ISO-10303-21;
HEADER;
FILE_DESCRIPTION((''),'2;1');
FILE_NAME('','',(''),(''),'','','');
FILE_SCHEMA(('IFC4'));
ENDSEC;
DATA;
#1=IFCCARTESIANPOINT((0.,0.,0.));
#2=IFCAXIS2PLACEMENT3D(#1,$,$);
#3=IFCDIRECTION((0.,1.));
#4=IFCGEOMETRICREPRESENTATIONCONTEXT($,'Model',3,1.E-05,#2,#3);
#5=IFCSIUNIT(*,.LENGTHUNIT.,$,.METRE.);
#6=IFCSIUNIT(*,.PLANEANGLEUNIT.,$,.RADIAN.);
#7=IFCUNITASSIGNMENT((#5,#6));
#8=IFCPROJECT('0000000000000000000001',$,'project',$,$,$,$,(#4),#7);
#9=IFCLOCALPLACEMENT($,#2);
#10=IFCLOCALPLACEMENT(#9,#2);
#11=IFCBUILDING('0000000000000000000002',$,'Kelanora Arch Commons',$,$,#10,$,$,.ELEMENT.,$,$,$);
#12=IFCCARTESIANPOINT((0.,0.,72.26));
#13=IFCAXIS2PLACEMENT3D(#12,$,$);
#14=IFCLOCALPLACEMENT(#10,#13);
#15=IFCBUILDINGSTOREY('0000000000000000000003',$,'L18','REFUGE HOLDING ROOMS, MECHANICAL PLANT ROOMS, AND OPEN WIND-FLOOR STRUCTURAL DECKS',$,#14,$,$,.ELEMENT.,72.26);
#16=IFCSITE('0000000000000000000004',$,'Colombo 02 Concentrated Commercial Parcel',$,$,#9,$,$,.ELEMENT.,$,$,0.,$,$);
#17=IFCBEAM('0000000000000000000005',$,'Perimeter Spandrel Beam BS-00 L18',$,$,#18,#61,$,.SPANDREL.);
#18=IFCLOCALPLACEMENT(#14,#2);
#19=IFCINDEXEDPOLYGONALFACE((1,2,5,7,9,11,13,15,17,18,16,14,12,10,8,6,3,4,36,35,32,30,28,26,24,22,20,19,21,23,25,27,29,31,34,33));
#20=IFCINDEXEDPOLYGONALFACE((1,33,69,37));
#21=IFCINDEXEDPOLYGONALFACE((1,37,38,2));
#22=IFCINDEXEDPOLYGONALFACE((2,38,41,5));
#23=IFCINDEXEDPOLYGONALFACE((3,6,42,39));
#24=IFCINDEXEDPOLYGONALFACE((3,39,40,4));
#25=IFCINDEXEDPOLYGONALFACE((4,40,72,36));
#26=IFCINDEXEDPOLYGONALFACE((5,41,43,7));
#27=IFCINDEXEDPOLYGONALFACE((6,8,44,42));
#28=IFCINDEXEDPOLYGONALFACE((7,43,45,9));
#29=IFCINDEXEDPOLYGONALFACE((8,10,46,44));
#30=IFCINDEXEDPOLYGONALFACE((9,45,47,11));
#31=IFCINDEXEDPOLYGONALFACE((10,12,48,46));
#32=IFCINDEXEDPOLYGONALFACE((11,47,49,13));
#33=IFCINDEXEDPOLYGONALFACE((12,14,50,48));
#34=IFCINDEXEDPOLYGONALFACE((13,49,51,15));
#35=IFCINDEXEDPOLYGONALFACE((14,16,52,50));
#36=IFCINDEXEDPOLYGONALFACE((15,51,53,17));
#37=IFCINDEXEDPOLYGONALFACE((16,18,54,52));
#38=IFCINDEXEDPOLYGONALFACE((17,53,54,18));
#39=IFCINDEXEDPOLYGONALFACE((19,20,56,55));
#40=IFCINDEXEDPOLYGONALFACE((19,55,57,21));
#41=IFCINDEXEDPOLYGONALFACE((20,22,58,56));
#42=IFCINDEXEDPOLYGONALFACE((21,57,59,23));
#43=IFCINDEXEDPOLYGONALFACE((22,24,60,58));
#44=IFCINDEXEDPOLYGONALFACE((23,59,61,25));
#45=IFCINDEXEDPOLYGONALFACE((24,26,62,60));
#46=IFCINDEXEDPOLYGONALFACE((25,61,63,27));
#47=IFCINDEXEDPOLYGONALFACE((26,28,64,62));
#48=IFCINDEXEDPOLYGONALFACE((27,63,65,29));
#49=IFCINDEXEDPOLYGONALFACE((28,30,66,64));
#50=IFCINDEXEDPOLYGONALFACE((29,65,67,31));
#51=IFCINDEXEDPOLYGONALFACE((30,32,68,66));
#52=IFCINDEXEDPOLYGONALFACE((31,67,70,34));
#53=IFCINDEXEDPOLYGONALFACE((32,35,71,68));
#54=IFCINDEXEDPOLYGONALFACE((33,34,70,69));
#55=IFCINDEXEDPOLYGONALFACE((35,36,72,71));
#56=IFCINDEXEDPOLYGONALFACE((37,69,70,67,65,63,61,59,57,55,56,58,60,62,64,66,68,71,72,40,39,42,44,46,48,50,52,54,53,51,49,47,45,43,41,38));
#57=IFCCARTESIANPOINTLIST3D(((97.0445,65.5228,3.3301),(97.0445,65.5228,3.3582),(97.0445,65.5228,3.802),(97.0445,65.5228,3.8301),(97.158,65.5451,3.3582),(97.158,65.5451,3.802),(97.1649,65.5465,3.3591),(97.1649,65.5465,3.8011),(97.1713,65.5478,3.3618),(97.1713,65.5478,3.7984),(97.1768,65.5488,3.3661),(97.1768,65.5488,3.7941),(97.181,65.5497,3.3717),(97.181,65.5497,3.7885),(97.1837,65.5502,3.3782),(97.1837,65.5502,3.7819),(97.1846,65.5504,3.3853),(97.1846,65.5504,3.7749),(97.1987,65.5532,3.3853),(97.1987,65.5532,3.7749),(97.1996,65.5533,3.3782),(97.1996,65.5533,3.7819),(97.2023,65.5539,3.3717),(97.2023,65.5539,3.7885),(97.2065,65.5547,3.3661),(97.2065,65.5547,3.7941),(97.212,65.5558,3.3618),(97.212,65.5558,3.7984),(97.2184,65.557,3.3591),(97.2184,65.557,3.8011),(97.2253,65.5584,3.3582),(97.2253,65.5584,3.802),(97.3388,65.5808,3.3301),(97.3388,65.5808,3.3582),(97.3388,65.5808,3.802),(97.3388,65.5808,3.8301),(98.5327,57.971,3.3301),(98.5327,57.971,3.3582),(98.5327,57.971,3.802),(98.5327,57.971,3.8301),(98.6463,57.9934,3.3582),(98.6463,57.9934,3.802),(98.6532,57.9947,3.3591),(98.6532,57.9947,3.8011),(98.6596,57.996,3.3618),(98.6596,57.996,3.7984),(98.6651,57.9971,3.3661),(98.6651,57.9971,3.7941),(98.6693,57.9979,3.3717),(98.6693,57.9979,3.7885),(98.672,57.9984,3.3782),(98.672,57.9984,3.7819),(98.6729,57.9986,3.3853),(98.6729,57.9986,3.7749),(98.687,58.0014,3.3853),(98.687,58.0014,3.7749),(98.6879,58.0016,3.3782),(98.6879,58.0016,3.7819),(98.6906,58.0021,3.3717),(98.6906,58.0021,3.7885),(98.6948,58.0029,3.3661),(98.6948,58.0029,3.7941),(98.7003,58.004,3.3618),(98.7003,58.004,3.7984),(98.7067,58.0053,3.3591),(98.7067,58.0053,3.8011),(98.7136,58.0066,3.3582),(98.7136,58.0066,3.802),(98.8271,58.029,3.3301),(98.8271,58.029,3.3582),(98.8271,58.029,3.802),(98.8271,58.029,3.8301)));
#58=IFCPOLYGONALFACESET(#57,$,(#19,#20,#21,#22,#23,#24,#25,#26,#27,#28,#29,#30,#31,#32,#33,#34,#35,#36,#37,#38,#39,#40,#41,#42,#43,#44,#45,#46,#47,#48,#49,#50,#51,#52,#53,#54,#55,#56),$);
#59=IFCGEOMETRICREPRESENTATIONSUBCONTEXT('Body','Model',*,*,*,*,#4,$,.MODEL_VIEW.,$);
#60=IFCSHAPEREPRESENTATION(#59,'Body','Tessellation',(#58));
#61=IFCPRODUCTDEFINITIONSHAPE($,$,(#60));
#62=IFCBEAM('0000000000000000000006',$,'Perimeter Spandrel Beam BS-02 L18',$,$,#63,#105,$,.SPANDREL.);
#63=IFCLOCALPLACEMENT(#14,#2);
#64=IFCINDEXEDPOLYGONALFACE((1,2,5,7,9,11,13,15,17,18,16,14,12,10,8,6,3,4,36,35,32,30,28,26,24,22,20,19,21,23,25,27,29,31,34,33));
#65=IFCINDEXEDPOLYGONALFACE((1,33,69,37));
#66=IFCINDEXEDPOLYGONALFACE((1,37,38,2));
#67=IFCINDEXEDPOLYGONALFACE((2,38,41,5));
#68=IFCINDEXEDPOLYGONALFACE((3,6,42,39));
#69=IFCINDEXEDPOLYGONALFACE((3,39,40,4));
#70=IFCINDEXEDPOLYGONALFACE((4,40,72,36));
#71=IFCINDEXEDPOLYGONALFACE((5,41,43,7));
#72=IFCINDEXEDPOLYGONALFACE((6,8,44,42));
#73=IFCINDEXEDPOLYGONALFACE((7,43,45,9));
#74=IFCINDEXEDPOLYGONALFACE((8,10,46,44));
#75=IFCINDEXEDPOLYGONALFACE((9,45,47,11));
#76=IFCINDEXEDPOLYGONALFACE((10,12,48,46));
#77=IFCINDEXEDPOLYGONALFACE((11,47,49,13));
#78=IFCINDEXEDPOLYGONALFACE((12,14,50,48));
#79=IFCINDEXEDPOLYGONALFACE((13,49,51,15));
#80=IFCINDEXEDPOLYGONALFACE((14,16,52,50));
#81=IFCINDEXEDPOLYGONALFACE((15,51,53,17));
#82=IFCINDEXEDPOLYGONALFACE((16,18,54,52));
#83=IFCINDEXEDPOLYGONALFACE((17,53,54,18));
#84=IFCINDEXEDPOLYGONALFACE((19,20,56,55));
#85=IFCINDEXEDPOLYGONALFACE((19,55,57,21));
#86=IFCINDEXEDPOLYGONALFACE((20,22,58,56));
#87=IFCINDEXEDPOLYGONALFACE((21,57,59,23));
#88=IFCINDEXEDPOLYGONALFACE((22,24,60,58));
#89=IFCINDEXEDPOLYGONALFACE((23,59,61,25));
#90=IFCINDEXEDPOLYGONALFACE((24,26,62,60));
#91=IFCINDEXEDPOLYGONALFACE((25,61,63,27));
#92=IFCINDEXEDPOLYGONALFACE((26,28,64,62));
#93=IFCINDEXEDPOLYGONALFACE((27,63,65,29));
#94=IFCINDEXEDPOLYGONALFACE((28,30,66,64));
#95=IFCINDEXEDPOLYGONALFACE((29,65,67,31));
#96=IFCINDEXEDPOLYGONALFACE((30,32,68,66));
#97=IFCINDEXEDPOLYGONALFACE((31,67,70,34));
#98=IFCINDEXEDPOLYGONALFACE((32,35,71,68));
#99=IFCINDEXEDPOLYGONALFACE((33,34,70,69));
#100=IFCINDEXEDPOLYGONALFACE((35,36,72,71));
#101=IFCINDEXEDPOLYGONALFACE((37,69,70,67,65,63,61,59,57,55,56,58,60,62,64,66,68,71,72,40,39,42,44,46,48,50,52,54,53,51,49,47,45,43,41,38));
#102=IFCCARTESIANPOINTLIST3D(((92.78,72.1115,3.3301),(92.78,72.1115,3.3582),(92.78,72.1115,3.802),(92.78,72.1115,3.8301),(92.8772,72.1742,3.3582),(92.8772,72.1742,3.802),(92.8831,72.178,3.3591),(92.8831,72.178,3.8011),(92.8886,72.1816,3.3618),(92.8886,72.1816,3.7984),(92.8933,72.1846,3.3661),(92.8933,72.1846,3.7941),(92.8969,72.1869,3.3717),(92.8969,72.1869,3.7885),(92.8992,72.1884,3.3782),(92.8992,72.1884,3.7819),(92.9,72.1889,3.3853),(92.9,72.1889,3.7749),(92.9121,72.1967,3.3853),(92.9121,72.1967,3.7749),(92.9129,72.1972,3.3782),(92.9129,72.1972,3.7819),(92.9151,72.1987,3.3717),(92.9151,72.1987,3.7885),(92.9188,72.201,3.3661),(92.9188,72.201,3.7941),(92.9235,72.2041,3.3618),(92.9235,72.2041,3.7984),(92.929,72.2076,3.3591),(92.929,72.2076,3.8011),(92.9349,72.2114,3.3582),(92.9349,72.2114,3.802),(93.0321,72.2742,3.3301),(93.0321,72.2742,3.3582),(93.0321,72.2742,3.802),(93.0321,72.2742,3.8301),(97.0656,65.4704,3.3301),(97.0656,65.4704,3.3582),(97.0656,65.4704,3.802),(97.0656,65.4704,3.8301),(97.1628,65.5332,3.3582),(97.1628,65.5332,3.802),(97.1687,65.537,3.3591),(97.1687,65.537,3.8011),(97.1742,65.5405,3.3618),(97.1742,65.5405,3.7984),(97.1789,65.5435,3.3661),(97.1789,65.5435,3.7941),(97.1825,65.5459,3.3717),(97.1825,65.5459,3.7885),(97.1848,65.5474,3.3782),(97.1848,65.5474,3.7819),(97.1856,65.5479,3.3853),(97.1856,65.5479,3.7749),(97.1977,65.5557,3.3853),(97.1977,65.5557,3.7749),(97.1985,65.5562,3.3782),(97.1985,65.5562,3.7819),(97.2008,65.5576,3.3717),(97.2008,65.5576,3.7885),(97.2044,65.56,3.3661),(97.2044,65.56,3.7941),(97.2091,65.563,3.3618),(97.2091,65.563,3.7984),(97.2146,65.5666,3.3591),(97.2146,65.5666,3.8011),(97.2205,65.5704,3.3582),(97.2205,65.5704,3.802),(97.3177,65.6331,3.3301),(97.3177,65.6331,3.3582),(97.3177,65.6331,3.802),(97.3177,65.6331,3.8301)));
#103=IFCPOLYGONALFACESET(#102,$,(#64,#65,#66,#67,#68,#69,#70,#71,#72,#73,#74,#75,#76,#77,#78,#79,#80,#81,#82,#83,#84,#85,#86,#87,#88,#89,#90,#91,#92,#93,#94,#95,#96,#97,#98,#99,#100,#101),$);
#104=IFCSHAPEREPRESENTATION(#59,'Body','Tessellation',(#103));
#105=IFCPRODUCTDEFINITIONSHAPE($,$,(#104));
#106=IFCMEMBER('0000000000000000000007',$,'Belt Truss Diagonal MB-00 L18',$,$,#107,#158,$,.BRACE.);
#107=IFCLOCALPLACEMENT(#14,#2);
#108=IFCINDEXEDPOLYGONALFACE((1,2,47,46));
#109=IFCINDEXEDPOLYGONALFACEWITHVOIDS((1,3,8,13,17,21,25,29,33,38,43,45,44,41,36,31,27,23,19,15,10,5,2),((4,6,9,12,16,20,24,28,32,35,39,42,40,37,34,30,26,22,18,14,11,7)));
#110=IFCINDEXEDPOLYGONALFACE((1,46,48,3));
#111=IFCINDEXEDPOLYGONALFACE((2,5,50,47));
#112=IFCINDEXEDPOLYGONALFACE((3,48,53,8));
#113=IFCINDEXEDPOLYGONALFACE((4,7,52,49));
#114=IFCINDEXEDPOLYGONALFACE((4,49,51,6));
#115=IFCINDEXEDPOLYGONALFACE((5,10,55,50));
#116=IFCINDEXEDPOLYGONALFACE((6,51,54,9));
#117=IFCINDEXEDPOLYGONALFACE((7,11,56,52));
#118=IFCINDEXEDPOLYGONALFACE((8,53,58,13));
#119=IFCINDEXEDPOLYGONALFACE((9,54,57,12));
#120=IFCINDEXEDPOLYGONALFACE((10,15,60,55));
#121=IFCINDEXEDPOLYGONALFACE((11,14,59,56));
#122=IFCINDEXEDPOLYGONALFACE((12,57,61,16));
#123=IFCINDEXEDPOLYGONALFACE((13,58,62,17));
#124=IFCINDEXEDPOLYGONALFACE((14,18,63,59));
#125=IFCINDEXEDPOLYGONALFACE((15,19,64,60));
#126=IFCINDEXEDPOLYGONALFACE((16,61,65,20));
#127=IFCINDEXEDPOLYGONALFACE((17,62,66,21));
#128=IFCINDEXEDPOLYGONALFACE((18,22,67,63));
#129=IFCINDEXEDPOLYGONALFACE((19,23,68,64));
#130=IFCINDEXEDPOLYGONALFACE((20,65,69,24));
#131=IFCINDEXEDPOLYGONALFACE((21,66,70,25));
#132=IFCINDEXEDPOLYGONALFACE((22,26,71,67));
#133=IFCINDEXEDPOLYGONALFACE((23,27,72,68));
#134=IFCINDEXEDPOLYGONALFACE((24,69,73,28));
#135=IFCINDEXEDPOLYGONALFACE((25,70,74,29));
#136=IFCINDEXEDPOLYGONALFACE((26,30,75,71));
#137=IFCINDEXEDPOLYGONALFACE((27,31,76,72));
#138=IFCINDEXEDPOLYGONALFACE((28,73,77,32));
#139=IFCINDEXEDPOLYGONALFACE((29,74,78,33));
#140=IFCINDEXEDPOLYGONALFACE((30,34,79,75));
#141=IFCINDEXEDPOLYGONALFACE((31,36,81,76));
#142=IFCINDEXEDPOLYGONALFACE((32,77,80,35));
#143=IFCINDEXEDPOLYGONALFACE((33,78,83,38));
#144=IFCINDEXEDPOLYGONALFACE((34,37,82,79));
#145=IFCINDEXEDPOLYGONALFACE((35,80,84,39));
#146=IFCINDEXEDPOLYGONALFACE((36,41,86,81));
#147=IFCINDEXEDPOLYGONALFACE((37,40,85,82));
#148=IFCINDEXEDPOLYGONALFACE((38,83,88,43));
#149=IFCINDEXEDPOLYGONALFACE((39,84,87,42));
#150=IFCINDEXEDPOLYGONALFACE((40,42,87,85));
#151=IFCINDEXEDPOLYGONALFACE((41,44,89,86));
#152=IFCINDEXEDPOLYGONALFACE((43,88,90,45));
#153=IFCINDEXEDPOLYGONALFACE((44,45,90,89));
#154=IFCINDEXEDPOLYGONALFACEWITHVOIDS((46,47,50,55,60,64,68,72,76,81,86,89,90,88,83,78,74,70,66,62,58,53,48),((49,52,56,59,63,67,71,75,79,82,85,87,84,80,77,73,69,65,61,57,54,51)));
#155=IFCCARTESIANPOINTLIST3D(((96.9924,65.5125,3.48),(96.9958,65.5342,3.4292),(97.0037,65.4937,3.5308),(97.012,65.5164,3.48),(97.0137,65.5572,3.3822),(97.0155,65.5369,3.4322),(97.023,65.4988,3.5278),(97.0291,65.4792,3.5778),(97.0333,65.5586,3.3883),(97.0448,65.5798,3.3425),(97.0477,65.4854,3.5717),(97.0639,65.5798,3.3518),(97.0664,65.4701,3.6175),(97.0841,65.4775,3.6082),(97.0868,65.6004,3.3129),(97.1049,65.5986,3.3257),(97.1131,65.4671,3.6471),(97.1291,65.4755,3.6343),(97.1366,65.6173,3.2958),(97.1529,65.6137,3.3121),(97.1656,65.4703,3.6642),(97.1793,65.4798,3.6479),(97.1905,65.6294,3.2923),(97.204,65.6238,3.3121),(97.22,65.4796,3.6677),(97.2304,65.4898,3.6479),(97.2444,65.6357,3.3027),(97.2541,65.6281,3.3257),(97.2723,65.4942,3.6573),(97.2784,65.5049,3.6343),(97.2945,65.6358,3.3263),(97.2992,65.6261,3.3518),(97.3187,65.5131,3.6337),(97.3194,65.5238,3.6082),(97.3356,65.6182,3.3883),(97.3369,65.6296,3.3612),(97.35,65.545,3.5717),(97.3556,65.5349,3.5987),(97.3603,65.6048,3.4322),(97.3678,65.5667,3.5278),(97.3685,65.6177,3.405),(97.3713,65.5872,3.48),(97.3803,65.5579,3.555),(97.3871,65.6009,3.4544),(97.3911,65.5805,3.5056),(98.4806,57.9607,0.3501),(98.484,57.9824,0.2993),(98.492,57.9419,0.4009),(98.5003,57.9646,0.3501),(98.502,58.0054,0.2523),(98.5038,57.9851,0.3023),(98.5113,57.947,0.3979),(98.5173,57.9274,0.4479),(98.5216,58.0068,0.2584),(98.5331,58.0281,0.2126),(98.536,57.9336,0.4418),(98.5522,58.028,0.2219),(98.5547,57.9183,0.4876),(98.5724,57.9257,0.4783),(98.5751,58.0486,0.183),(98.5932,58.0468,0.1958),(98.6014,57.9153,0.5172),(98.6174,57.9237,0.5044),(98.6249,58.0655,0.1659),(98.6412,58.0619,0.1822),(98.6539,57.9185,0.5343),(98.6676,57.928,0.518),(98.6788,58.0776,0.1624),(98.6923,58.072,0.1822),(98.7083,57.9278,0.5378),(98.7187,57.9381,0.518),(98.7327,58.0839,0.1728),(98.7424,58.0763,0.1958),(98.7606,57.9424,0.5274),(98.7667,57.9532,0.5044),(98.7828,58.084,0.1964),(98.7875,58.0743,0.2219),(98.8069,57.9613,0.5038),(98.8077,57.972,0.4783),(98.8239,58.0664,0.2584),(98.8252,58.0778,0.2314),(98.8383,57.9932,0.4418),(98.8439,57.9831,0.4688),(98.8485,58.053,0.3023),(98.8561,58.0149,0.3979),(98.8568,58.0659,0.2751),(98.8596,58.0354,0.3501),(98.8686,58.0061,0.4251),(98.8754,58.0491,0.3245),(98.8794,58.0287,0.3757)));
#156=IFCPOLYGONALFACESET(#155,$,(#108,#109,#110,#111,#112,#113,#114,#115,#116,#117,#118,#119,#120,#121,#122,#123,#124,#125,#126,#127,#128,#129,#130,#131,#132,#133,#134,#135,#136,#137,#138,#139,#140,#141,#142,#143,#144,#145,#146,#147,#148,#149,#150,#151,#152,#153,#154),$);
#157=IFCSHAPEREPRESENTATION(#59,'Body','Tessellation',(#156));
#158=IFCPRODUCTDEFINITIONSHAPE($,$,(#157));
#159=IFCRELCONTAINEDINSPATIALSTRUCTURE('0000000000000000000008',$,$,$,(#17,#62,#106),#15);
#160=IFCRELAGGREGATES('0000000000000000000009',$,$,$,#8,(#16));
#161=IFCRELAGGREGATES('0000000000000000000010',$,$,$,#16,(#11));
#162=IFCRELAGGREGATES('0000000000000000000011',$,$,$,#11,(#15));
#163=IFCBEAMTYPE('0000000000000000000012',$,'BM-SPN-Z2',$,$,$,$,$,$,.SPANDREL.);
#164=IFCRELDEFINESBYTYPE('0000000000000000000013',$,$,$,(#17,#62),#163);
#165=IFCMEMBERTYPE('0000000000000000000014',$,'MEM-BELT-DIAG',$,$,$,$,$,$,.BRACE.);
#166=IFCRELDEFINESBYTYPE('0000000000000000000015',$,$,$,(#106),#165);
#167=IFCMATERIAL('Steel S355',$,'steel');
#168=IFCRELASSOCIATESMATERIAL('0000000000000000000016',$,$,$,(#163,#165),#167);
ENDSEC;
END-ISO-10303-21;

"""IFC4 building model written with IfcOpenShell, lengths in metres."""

from ifc_helpers import new_model, si_unit, direction, frame, origin, origin_2d, place, context, subcontext, project, spatial, hollow_circle, i_section, extrude, material, material_profile, profile_set, type_object, element, save


model = new_model("IFC4")

# Units and contexts
model_context = context("Model", 3, precision=1e-05, world=origin(), true_north=direction((0.0, 1.0)))
body_context = subcontext(model_context, "Body", "Model", "MODEL_VIEW")
ifc_project = project(units=[si_unit("LENGTHUNIT", "METRE"), si_unit("PLANEANGLEUNIT", "RADIAN")], contexts=[model_context])

# Site, building, storey
site_placement = place(None, origin())
site = spatial("IfcSite", under=ifc_project, at=site_placement, Name="Colombo 02 Concentrated Commercial Parcel", CompositionType="ELEMENT", RefElevation=0.0)
building_placement = place(site_placement, origin())
building = spatial("IfcBuilding", under=site, at=building_placement, Name="Kelanora Arch Commons", CompositionType="ELEMENT")
storey_placement = place(building_placement, frame((0.0, 0.0, 72.26)))
storey = spatial("IfcBuildingStorey", under=building, at=storey_placement, Name="L18", Description="REFUGE HOLDING ROOMS, MECHANICAL PLANT ROOMS, AND OPEN WIND-FLOOR STRUCTURAL DECKS", CompositionType="ELEMENT", Elevation=72.26)

# Beams
ifc_material_1 = material(Name="Steel S355", Category="steel")
ifc_material_profile_1 = material_profile(ifc_material_1, i_section(OverallWidth=0.3, OverallDepth=0.5, WebThickness=0.0144, FlangeThickness=0.0281, FilletRadius=0.0271, at=origin_2d()), Name="HEB500")
ifc_profile_set_1 = profile_set([ifc_material_profile_1], Name="Steel S355")
beam_type_1 = type_object("IfcBeamType", Name="BM-SPN-Z2", PredefinedType="SPANDREL", material=ifc_profile_set_1)
beam_1_placement = place(storey_placement, frame((98.6799, 58.0, 3.5801), z_axis=(-0.193358, 0.981128, 0.0), x_axis=(-0.981128, -0.193358, 0.0)))
element("IfcBeam", 1, at=beam_1_placement, inside=storey, type_object=beam_type_1, Name="Perimeter Spandrel Beam BS-00 L18", PredefinedType="SPANDREL", context=body_context, shape_type="SweptSolid", body=[
    extrude(i_section(OverallWidth=0.3, OverallDepth=0.5, WebThickness=0.0144, FlangeThickness=0.0281, FilletRadius=0.0271, at=origin_2d()), origin(), (0.0, 0.0, 1.0), 7.697),
])
beam_2_placement = place(storey_placement, frame((97.1917, 65.5518, 3.5801), z_axis=(-0.542221, 0.840236, 0.0), x_axis=(-0.840236, -0.542221, 0.0)))
element("IfcBeam", 2, at=beam_2_placement, inside=storey, type_object=beam_type_1, Name="Perimeter Spandrel Beam BS-02 L18", PredefinedType="SPANDREL", context=body_context, shape_type="SweptSolid", body=[
    extrude(i_section(OverallWidth=0.3, OverallDepth=0.5, WebThickness=0.0144, FlangeThickness=0.0281, FilletRadius=0.0271, at=origin_2d()), origin(), (0.0, 0.0, 1.0), 7.9038),
])

# Member
ifc_material_profile_2 = material_profile(ifc_material_1, hollow_circle(Radius=0.2031, WallThickness=0.02, at=origin_2d()), Name="CHS406.4x20")
ifc_profile_set_2 = profile_set([ifc_material_profile_2], Name="Steel S355")
member_type = type_object("IfcMemberType", Name="MEM-BELT-DIAG", PredefinedType="BRACE", material=ifc_profile_set_2)
member_1_placement = place(storey_placement, frame((98.6799, 58.0, 0.3501), z_axis=(-0.179116, 0.90886, 0.376684), x_axis=(-0.981128, -0.193358, 0.0)))
element("IfcMember", 3, at=member_1_placement, inside=storey, type_object=member_type, Name="Belt Truss Diagonal MB-00 L18", PredefinedType="BRACE", context=body_context, shape_type="SweptSolid", body=[
    extrude(hollow_circle(Radius=0.2031, WallThickness=0.02, at=origin_2d()), origin(), (0.0, 0.0, 1.0), 8.3091),
])

save(model, "model.ifc")
